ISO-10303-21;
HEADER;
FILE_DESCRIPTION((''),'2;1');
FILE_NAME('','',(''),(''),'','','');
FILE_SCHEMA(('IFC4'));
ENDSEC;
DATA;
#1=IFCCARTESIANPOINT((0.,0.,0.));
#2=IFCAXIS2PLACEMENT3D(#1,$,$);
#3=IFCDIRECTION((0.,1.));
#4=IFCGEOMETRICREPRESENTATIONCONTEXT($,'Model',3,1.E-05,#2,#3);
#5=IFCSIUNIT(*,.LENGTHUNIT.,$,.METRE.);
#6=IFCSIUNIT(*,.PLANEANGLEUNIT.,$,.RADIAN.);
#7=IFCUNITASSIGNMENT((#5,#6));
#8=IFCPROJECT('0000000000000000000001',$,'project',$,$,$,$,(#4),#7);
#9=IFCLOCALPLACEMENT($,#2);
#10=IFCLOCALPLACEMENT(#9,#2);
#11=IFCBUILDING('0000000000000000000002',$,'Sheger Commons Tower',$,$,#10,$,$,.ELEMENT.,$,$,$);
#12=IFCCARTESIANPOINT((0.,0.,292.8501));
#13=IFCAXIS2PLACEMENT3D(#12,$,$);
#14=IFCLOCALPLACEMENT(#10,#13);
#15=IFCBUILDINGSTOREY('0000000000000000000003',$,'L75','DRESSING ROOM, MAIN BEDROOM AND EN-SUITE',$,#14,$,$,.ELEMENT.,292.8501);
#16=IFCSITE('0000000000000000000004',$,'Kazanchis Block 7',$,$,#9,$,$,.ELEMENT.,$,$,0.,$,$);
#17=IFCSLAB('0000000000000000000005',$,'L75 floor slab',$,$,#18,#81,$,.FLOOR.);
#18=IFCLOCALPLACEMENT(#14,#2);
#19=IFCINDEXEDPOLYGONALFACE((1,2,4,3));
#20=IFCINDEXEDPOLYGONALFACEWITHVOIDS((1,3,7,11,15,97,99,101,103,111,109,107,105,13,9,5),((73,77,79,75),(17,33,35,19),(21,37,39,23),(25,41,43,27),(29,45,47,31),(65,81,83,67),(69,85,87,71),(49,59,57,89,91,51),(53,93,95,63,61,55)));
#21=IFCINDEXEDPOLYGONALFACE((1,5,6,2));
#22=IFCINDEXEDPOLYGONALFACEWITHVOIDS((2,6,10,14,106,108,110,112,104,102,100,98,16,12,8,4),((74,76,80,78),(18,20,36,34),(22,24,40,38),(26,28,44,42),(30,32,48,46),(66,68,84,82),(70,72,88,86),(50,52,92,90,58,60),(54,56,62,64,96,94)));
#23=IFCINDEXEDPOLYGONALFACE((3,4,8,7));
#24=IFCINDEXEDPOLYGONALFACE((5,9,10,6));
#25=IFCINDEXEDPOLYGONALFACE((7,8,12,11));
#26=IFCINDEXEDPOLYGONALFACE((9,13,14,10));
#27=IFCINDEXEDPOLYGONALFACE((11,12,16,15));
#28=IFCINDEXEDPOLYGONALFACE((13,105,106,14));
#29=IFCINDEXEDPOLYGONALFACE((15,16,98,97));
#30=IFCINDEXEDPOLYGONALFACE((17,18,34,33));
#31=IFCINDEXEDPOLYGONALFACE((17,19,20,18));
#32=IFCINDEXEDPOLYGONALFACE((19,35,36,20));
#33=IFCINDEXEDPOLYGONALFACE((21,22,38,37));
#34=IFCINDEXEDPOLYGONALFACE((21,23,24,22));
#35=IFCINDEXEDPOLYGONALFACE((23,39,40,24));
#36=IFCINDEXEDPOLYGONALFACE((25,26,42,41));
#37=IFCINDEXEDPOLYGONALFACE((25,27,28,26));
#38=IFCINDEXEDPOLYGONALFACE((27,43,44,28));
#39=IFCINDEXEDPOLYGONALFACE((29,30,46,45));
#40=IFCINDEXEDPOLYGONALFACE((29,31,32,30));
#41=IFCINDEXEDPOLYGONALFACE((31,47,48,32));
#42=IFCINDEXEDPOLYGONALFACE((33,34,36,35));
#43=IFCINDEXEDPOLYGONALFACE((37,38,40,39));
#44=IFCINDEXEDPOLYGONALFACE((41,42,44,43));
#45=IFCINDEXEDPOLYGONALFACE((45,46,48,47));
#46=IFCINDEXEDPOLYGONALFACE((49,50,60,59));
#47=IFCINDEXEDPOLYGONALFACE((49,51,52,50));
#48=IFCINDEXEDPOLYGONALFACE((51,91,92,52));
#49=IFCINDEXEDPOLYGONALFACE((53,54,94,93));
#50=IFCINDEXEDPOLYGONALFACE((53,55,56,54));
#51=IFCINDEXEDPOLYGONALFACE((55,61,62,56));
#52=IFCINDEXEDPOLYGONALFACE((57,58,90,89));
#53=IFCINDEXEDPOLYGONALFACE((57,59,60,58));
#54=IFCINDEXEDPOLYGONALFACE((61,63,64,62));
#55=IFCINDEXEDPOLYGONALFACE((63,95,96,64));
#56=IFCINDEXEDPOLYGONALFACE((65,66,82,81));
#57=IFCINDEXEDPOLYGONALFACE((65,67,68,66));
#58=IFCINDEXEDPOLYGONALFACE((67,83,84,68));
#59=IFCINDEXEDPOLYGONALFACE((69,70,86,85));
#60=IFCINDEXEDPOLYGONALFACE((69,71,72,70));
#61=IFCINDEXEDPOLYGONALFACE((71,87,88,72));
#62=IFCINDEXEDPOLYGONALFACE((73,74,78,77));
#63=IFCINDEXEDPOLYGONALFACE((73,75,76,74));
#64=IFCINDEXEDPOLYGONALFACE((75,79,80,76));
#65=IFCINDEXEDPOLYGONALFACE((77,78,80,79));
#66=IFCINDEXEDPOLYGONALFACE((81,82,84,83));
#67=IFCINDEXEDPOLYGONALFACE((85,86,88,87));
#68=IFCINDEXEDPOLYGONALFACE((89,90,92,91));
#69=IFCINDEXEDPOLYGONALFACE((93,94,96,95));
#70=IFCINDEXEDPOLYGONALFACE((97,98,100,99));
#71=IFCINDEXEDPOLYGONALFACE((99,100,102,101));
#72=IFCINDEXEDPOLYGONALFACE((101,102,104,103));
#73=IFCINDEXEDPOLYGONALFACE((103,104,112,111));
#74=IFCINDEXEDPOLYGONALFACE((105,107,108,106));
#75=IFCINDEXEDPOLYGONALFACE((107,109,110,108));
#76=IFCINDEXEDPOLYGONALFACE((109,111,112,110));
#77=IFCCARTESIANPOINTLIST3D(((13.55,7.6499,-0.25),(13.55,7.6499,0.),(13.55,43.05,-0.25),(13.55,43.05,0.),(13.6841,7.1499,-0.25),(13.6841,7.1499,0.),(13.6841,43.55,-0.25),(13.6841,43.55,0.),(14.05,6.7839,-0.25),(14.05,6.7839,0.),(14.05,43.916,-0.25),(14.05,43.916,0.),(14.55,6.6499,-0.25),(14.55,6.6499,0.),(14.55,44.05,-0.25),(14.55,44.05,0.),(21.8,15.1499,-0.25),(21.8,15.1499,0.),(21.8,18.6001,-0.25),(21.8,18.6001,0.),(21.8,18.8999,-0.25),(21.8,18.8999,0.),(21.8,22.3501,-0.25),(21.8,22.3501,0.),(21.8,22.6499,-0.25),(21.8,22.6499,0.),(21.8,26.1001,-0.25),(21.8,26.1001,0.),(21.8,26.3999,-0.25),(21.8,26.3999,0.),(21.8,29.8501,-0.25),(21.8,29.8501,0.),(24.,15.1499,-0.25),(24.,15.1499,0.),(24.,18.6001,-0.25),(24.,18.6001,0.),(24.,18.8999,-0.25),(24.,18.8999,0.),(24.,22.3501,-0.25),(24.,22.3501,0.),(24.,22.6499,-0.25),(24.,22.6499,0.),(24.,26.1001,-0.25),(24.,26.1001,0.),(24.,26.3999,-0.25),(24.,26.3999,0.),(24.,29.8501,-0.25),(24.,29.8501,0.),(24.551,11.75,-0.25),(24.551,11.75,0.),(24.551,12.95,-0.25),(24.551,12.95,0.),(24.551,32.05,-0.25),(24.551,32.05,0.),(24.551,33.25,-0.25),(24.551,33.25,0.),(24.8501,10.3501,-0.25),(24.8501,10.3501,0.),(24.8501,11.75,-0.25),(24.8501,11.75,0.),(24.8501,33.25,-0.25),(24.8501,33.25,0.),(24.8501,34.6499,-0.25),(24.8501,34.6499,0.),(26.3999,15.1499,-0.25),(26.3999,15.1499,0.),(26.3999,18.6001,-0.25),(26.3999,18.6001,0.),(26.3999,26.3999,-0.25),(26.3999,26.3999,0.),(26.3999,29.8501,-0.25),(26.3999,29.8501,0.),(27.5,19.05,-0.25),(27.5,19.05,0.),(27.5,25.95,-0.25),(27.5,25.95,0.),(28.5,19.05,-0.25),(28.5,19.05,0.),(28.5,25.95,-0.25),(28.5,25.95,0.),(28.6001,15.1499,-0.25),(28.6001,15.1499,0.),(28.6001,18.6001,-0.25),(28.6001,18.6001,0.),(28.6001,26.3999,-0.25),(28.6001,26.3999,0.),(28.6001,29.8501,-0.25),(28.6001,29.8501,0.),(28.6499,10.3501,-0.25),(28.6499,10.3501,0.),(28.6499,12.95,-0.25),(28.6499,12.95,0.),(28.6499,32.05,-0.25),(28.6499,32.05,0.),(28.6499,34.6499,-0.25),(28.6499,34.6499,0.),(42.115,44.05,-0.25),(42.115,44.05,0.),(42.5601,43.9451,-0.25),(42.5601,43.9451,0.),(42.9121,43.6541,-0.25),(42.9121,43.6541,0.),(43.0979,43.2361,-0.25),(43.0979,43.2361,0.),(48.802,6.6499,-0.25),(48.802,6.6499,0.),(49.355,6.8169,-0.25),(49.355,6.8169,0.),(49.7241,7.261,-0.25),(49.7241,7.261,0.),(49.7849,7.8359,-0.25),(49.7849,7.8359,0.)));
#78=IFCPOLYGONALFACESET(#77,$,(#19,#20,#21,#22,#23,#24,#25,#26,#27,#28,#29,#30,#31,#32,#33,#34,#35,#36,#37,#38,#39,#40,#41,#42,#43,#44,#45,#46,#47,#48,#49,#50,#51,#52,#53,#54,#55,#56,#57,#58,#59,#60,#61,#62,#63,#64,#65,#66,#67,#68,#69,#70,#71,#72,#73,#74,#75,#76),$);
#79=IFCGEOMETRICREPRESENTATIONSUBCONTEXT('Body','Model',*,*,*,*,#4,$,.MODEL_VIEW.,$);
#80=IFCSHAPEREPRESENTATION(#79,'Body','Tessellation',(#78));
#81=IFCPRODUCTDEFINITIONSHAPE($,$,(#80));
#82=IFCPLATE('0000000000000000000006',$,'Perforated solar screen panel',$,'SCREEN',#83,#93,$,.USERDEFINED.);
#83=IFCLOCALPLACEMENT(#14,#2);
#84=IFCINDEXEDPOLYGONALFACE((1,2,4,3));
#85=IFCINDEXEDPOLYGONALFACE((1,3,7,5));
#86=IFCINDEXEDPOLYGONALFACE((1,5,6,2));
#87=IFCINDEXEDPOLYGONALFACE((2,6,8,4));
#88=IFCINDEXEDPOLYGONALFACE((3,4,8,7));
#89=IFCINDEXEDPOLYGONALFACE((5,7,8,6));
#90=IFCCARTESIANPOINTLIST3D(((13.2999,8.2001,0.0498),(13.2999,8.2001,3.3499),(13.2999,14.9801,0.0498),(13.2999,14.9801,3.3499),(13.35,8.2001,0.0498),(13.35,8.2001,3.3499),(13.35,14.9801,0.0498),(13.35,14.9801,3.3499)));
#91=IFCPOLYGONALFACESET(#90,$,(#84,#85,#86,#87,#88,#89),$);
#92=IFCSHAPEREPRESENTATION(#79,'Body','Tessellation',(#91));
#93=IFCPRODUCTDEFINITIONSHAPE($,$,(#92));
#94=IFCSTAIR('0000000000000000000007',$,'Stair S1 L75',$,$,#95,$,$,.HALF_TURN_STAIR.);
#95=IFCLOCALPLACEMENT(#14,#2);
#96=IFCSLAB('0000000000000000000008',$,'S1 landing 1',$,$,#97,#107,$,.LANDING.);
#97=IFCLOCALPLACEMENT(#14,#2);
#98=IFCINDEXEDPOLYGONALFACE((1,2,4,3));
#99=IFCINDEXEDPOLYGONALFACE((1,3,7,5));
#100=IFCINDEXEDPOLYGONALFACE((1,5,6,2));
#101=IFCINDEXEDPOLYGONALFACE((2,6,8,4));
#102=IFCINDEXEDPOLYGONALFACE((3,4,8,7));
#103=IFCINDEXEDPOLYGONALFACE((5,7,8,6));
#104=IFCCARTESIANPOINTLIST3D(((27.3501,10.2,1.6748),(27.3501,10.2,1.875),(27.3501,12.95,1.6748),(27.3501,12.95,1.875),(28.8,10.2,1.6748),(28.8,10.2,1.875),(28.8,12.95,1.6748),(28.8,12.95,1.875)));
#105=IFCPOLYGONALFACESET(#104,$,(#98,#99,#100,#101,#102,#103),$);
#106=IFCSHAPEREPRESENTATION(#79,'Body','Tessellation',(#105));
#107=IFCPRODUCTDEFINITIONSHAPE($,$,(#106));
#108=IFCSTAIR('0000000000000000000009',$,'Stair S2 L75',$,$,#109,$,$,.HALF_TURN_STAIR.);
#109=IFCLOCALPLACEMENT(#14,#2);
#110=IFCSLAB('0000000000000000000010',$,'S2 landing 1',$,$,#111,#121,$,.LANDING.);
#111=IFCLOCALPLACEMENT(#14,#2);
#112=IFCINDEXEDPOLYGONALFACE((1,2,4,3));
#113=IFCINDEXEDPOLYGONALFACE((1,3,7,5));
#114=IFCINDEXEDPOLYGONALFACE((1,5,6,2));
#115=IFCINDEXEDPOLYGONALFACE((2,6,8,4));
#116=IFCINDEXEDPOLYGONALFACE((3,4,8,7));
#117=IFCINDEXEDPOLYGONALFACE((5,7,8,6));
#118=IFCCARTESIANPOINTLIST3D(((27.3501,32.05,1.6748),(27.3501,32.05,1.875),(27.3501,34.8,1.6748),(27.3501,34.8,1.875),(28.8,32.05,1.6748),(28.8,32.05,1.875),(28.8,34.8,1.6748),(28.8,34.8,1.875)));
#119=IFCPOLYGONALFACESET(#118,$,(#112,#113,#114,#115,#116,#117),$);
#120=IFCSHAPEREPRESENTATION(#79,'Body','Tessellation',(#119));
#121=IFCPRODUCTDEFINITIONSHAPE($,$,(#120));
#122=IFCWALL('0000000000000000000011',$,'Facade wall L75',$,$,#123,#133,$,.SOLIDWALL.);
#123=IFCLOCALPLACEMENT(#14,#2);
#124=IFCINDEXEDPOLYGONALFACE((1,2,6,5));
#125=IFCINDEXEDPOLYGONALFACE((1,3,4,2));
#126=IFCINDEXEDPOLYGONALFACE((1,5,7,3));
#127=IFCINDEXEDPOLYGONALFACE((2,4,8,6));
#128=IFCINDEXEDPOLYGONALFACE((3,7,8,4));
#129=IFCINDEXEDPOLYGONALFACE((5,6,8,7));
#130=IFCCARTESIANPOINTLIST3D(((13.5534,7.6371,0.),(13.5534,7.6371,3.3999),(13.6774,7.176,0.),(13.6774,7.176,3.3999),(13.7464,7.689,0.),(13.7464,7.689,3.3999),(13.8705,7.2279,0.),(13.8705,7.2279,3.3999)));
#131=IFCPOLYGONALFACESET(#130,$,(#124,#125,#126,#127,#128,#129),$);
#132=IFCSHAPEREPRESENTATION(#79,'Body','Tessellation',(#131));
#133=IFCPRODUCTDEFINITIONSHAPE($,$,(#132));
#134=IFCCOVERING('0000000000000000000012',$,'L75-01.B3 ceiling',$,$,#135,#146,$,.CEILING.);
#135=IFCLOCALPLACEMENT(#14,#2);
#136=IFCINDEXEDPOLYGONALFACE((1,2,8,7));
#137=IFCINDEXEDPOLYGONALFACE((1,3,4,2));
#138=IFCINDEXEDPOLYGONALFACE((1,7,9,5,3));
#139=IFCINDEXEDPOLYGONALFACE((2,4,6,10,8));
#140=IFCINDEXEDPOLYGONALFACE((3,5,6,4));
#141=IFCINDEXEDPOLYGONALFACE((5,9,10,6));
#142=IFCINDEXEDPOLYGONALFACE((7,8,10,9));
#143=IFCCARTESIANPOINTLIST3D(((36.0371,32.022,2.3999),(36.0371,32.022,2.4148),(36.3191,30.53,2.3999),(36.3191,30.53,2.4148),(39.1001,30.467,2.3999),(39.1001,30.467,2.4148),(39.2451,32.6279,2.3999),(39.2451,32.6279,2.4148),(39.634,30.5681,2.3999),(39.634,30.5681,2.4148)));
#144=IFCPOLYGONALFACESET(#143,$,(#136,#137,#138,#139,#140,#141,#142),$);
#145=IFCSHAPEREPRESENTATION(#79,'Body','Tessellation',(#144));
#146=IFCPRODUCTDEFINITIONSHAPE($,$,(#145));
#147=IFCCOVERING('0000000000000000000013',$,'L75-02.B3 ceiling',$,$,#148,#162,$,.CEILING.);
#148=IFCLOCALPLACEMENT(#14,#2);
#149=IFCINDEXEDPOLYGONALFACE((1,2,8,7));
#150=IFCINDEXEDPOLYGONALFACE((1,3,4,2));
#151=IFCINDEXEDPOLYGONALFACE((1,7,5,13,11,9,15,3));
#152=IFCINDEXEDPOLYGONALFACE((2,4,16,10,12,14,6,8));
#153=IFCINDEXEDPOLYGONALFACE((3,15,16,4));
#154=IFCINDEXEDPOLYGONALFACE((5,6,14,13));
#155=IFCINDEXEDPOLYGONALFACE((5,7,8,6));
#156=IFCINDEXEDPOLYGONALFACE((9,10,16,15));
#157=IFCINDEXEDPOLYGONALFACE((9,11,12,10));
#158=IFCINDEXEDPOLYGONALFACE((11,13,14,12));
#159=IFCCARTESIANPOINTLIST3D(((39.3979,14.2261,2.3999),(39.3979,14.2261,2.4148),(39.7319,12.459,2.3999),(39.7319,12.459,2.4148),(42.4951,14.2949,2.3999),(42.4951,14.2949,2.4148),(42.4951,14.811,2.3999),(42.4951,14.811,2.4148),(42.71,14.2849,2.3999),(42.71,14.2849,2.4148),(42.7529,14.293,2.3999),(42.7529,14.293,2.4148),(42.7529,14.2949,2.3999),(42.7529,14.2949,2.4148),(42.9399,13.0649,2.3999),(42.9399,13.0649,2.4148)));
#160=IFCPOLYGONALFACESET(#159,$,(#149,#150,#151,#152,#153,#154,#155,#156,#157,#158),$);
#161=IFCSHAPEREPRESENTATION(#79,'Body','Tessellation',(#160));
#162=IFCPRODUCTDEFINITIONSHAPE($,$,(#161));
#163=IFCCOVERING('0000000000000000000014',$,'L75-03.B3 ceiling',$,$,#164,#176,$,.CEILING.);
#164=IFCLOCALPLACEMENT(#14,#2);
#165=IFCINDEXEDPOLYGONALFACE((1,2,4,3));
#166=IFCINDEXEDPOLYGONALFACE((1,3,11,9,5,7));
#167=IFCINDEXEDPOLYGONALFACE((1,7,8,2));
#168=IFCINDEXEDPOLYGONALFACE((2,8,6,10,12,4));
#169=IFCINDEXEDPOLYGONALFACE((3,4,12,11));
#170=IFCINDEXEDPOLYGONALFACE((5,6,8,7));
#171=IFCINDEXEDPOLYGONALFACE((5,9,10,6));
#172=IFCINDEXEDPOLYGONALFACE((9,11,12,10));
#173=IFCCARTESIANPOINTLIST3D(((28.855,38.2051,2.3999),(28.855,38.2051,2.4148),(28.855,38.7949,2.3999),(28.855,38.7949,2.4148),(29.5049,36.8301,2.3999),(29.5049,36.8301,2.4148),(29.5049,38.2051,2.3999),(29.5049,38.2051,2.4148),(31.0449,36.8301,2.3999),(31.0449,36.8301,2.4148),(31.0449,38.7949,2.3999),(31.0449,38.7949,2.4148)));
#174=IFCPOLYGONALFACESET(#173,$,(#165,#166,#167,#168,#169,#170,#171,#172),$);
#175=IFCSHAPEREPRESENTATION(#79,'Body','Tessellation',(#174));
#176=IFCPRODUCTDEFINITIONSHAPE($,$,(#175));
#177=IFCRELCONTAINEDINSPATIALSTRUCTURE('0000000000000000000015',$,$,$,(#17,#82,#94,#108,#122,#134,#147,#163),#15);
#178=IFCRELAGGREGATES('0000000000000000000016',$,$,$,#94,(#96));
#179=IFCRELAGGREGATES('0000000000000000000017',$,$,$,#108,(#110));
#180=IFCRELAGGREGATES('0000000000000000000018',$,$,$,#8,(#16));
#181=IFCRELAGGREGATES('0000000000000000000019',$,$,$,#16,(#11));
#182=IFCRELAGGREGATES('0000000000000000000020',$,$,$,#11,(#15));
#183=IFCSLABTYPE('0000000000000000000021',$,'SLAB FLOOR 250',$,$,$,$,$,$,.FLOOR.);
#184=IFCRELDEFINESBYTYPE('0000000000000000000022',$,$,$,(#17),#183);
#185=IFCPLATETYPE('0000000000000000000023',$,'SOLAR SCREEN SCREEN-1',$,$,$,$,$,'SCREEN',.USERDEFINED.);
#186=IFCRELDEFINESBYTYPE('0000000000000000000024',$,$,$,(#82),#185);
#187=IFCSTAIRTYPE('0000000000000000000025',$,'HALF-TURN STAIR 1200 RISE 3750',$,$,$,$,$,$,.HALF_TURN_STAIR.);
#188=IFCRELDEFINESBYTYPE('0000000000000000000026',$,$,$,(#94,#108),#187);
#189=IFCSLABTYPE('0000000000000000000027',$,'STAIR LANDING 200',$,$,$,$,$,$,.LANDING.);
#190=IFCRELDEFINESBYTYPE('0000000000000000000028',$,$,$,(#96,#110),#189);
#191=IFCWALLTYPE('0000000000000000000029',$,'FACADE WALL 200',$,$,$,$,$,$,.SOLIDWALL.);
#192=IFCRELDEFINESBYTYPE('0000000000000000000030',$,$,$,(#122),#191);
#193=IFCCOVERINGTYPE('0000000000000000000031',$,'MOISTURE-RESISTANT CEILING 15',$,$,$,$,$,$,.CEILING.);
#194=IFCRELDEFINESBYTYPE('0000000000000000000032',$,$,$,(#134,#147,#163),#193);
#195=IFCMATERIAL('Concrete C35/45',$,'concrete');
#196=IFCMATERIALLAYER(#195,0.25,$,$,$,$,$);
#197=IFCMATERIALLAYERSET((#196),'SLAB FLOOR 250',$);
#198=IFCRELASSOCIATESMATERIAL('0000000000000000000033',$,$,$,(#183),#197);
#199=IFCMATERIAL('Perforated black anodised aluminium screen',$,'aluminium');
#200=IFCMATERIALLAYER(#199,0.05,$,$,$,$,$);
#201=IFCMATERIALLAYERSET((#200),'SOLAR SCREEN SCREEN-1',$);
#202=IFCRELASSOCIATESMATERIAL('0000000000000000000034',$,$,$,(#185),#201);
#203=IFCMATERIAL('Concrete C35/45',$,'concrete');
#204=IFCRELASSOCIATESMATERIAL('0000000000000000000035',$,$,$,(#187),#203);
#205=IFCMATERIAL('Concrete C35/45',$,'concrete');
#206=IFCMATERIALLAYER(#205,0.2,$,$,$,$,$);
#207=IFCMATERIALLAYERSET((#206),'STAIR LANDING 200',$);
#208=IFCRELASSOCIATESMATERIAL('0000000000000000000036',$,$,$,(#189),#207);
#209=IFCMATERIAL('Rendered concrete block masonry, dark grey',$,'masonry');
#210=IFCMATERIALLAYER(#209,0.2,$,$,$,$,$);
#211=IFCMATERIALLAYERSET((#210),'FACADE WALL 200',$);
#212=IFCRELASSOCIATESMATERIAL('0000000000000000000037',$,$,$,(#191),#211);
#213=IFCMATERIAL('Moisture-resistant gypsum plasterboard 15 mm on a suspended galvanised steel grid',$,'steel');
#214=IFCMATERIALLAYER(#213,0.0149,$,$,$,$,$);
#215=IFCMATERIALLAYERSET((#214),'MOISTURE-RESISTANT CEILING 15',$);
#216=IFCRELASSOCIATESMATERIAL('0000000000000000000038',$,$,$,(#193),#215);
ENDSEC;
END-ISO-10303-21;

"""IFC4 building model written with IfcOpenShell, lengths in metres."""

from ifc_helpers import new_model, si_unit, direction, frame, frame_2d, origin, origin_2d, place, context, subcontext, project, spatial, polyline, rectangle, outline, extrude, material, layer, layer_set, type_object, element, aggregate, save


model = new_model("IFC4")

# Units and contexts
model_context = context("Model", 3, precision=1e-05, world=origin(), true_north=direction((0.0, 1.0)))
body_context = subcontext(model_context, "Body", "Model", "MODEL_VIEW")
ifc_project = project(units=[si_unit("LENGTHUNIT", "METRE"), si_unit("PLANEANGLEUNIT", "RADIAN")], contexts=[model_context])

# Site, building, storey
site_placement = place(None, origin())
site = spatial("IfcSite", under=ifc_project, at=site_placement, Name="Kazanchis Block 7", CompositionType="ELEMENT", RefElevation=0.0)
building_placement = place(site_placement, origin())
building = spatial("IfcBuilding", under=site, at=building_placement, Name="Sheger Commons Tower", CompositionType="ELEMENT")
storey_placement = place(building_placement, frame((0.0, 0.0, 292.8501)))
storey = spatial("IfcBuildingStorey", under=building, at=storey_placement, Name="L75", Description="DRESSING ROOM, MAIN BEDROOM AND EN-SUITE", CompositionType="ELEMENT", Elevation=292.8501)

# Slab
ifc_material_1 = material(Name="Concrete C35/45", Category="concrete")
ifc_layer_1 = layer(ifc_material_1, 0.25)
ifc_layer_set_1 = layer_set([ifc_layer_1], Name="SLAB FLOOR 250")
slab_type_1 = type_object("IfcSlabType", Name="SLAB FLOOR 250", PredefinedType="FLOOR", material=ifc_layer_set_1)
slab_1_placement = place(storey_placement, frame((0.0, 0.0, -0.25)))
element("IfcSlab", 1, at=slab_1_placement, inside=storey, type_object=slab_type_1, Name="L75 floor slab", PredefinedType="FLOOR", context=body_context, shape_type="SweptSolid", body=[
    extrude(outline(polyline([(13.55, 7.6499), (13.6841, 7.1499), (14.05, 6.7839), (14.55, 6.6499), (48.802, 6.6499), (49.355, 6.8169), (49.7241, 7.261), (49.7849, 7.8359), (43.0979, 43.2361), (42.9121, 43.6541), (42.5601, 43.9451), (42.115, 44.05), (14.55, 44.05), (14.05, 43.916), (13.6841, 43.55), (13.55, 43.05), (13.55, 7.6499)]), holes=[polyline([(24.8501, 10.3501), (28.6499, 10.3501), (28.6499, 12.95), (24.551, 12.95), (24.551, 11.75), (24.8501, 11.75), (24.8501, 10.3501)]), polyline([(24.551, 32.05), (28.6499, 32.05), (28.6499, 34.6499), (24.8501, 34.6499), (24.8501, 33.25), (24.551, 33.25), (24.551, 32.05)]), polyline([(26.3999, 15.1499), (28.6001, 15.1499), (28.6001, 18.6001), (26.3999, 18.6001), (26.3999, 15.1499)]), polyline([(26.3999, 26.3999), (28.6001, 26.3999), (28.6001, 29.8501), (26.3999, 29.8501), (26.3999, 26.3999)]), polyline([(21.8, 15.1499), (24.0, 15.1499), (24.0, 18.6001), (21.8, 18.6001), (21.8, 15.1499)]), polyline([(21.8, 18.8999), (24.0, 18.8999), (24.0, 22.3501), (21.8, 22.3501), (21.8, 18.8999)]), polyline([(21.8, 22.6499), (24.0, 22.6499), (24.0, 26.1001), (21.8, 26.1001), (21.8, 22.6499)]), polyline([(21.8, 26.3999), (24.0, 26.3999), (24.0, 29.8501), (21.8, 29.8501), (21.8, 26.3999)]), polyline([(27.5, 19.05), (28.5, 19.05), (28.5, 25.95), (27.5, 25.95), (27.5, 19.05)])]), origin(), (0.0, 0.0, 1.0), 0.25),
])

# Plate
ifc_material_2 = material(Name="Perforated black anodised aluminium screen", Category="aluminium")
ifc_layer_2 = layer(ifc_material_2, 0.05)
ifc_layer_set_2 = layer_set([ifc_layer_2], Name="SOLAR SCREEN SCREEN-1")
plate_type = type_object("IfcPlateType", Name="SOLAR SCREEN SCREEN-1", ElementType="SCREEN", PredefinedType="USERDEFINED", material=ifc_layer_set_2)
plate_placement = place(storey_placement, frame((13.325, 11.5901, 0.0498), z_axis=(0.0, 0.0, 1.0), x_axis=(0.0, -1.0, 0.0)))
element("IfcPlate", 2, at=plate_placement, inside=storey, type_object=plate_type, Name="Perforated solar screen panel", ObjectType="SCREEN", PredefinedType="USERDEFINED", context=body_context, shape_type="SweptSolid", body=[
    extrude(rectangle(XDim=6.78, YDim=0.05, at=origin_2d()), origin(), (0.0, 0.0, 1.0), 3.3),
])

# Stairs, slabs
ifc_material_3 = material(Name="Concrete C35/45", Category="concrete")
stair_type = type_object("IfcStairType", Name="HALF-TURN STAIR 1200 RISE 3750", PredefinedType="HALF_TURN_STAIR", material=ifc_material_3)
stair_1_placement = place(storey_placement, origin())
stair_1 = element("IfcStair", 3, at=stair_1_placement, inside=storey, type_object=stair_type, Name="Stair S1 L75", PredefinedType="HALF_TURN_STAIR")
ifc_material_4 = material(Name="Concrete C35/45", Category="concrete")
ifc_layer_3 = layer(ifc_material_4, 0.2)
ifc_layer_set_3 = layer_set([ifc_layer_3], Name="STAIR LANDING 200")
slab_type_2 = type_object("IfcSlabType", Name="STAIR LANDING 200", PredefinedType="LANDING", material=ifc_layer_set_3)
slab_2_placement = place(storey_placement, frame((0.0, 0.0, 1.6748)))
slab_2 = element("IfcSlab", 4, at=slab_2_placement, type_object=slab_type_2, Name="S1 landing 1", PredefinedType="LANDING", context=body_context, shape_type="SweptSolid", body=[
    extrude(outline(polyline([(27.3501, 10.2), (28.8, 10.2), (28.8, 12.95), (27.3501, 12.95), (27.3501, 10.2)])), origin(), (0.0, 0.0, 1.0), 0.2002),
])
aggregate(stair_1, [slab_2])
stair_2_placement = place(storey_placement, origin())
stair_2 = element("IfcStair", 5, at=stair_2_placement, inside=storey, type_object=stair_type, Name="Stair S2 L75", PredefinedType="HALF_TURN_STAIR")
slab_3_placement = place(storey_placement, frame((0.0, 0.0, 1.6748)))
slab_3 = element("IfcSlab", 6, at=slab_3_placement, type_object=slab_type_2, Name="S2 landing 1", PredefinedType="LANDING", context=body_context, shape_type="SweptSolid", body=[
    extrude(outline(polyline([(27.3501, 32.05), (28.8, 32.05), (28.8, 34.8), (27.3501, 34.8), (27.3501, 32.05)])), origin(), (0.0, 0.0, 1.0), 0.2002),
])
aggregate(stair_2, [slab_3])

# Wall
ifc_material_5 = material(Name="Rendered concrete block masonry, dark grey", Category="masonry")
ifc_layer_4 = layer(ifc_material_5, 0.2)
ifc_layer_set_4 = layer_set([ifc_layer_4], Name="FACADE WALL 200")
wall_type = type_object("IfcWallType", Name="FACADE WALL 200", PredefinedType="SOLIDWALL", material=ifc_layer_set_4)
wall_placement = place(storey_placement, frame((13.6499, 7.6631, 0.0), z_axis=(0.0, 0.0, 1.0), x_axis=(0.259698, -0.96569, 0.0)))
element("IfcWall", 7, at=wall_placement, inside=storey, type_object=wall_type, Name="Facade wall L75", PredefinedType="SOLIDWALL", context=body_context, shape_type="SweptSolid", body=[
    extrude(rectangle(XDim=0.4775, YDim=0.2, at=frame_2d((0.2388, 0.0))), origin(), (0.0, 0.0, 1.0), 3.3999),
])

# Coverings
ifc_material_6 = material(Name="Moisture-resistant gypsum plasterboard 15 mm on a suspended galvanised steel grid", Category="steel")
ifc_layer_5 = layer(ifc_material_6, 0.0149)
ifc_layer_set_5 = layer_set([ifc_layer_5], Name="MOISTURE-RESISTANT CEILING 15")
covering_type_1 = type_object("IfcCoveringType", Name="MOISTURE-RESISTANT CEILING 15", PredefinedType="CEILING", material=ifc_layer_set_5)
covering_1_placement = place(storey_placement, frame((0.0, 0.0, 2.3999)))
element("IfcCovering", 8, at=covering_1_placement, inside=storey, type_object=covering_type_1, Name="L75-01.B3 ceiling", PredefinedType="CEILING", context=body_context, shape_type="SweptSolid", body=[
    extrude(outline(polyline([(39.1001, 30.467), (39.634, 30.5681), (39.2451, 32.6279), (36.0371, 32.022), (36.3191, 30.53), (39.1001, 30.467)])), origin(), (0.0, 0.0, 1.0), 0.0149),
])
covering_2_placement = place(storey_placement, frame((0.0, 0.0, 2.3999)))
element("IfcCovering", 9, at=covering_2_placement, inside=storey, type_object=covering_type_1, Name="L75-02.B3 ceiling", PredefinedType="CEILING", context=body_context, shape_type="SweptSolid", body=[
    extrude(outline(polyline([(39.7319, 12.459), (42.9399, 13.0649), (42.71, 14.2849), (42.7529, 14.293), (42.7529, 14.2949), (42.4951, 14.2949), (42.4951, 14.811), (39.3979, 14.2261), (39.7319, 12.459)])), origin(), (0.0, 0.0, 1.0), 0.0149),
])
covering_3_placement = place(storey_placement, frame((0.0, 0.0, 2.3999)))
element("IfcCovering", 10, at=covering_3_placement, inside=storey, type_object=covering_type_1, Name="L75-03.B3 ceiling", PredefinedType="CEILING", context=body_context, shape_type="SweptSolid", body=[
    extrude(outline(polyline([(29.5049, 36.8301), (31.0449, 36.8301), (31.0449, 38.7949), (28.855, 38.7949), (28.855, 38.2051), (29.5049, 38.2051), (29.5049, 36.8301)])), origin(), (0.0, 0.0, 1.0), 0.0149),
])

save(model, "model.ifc")
